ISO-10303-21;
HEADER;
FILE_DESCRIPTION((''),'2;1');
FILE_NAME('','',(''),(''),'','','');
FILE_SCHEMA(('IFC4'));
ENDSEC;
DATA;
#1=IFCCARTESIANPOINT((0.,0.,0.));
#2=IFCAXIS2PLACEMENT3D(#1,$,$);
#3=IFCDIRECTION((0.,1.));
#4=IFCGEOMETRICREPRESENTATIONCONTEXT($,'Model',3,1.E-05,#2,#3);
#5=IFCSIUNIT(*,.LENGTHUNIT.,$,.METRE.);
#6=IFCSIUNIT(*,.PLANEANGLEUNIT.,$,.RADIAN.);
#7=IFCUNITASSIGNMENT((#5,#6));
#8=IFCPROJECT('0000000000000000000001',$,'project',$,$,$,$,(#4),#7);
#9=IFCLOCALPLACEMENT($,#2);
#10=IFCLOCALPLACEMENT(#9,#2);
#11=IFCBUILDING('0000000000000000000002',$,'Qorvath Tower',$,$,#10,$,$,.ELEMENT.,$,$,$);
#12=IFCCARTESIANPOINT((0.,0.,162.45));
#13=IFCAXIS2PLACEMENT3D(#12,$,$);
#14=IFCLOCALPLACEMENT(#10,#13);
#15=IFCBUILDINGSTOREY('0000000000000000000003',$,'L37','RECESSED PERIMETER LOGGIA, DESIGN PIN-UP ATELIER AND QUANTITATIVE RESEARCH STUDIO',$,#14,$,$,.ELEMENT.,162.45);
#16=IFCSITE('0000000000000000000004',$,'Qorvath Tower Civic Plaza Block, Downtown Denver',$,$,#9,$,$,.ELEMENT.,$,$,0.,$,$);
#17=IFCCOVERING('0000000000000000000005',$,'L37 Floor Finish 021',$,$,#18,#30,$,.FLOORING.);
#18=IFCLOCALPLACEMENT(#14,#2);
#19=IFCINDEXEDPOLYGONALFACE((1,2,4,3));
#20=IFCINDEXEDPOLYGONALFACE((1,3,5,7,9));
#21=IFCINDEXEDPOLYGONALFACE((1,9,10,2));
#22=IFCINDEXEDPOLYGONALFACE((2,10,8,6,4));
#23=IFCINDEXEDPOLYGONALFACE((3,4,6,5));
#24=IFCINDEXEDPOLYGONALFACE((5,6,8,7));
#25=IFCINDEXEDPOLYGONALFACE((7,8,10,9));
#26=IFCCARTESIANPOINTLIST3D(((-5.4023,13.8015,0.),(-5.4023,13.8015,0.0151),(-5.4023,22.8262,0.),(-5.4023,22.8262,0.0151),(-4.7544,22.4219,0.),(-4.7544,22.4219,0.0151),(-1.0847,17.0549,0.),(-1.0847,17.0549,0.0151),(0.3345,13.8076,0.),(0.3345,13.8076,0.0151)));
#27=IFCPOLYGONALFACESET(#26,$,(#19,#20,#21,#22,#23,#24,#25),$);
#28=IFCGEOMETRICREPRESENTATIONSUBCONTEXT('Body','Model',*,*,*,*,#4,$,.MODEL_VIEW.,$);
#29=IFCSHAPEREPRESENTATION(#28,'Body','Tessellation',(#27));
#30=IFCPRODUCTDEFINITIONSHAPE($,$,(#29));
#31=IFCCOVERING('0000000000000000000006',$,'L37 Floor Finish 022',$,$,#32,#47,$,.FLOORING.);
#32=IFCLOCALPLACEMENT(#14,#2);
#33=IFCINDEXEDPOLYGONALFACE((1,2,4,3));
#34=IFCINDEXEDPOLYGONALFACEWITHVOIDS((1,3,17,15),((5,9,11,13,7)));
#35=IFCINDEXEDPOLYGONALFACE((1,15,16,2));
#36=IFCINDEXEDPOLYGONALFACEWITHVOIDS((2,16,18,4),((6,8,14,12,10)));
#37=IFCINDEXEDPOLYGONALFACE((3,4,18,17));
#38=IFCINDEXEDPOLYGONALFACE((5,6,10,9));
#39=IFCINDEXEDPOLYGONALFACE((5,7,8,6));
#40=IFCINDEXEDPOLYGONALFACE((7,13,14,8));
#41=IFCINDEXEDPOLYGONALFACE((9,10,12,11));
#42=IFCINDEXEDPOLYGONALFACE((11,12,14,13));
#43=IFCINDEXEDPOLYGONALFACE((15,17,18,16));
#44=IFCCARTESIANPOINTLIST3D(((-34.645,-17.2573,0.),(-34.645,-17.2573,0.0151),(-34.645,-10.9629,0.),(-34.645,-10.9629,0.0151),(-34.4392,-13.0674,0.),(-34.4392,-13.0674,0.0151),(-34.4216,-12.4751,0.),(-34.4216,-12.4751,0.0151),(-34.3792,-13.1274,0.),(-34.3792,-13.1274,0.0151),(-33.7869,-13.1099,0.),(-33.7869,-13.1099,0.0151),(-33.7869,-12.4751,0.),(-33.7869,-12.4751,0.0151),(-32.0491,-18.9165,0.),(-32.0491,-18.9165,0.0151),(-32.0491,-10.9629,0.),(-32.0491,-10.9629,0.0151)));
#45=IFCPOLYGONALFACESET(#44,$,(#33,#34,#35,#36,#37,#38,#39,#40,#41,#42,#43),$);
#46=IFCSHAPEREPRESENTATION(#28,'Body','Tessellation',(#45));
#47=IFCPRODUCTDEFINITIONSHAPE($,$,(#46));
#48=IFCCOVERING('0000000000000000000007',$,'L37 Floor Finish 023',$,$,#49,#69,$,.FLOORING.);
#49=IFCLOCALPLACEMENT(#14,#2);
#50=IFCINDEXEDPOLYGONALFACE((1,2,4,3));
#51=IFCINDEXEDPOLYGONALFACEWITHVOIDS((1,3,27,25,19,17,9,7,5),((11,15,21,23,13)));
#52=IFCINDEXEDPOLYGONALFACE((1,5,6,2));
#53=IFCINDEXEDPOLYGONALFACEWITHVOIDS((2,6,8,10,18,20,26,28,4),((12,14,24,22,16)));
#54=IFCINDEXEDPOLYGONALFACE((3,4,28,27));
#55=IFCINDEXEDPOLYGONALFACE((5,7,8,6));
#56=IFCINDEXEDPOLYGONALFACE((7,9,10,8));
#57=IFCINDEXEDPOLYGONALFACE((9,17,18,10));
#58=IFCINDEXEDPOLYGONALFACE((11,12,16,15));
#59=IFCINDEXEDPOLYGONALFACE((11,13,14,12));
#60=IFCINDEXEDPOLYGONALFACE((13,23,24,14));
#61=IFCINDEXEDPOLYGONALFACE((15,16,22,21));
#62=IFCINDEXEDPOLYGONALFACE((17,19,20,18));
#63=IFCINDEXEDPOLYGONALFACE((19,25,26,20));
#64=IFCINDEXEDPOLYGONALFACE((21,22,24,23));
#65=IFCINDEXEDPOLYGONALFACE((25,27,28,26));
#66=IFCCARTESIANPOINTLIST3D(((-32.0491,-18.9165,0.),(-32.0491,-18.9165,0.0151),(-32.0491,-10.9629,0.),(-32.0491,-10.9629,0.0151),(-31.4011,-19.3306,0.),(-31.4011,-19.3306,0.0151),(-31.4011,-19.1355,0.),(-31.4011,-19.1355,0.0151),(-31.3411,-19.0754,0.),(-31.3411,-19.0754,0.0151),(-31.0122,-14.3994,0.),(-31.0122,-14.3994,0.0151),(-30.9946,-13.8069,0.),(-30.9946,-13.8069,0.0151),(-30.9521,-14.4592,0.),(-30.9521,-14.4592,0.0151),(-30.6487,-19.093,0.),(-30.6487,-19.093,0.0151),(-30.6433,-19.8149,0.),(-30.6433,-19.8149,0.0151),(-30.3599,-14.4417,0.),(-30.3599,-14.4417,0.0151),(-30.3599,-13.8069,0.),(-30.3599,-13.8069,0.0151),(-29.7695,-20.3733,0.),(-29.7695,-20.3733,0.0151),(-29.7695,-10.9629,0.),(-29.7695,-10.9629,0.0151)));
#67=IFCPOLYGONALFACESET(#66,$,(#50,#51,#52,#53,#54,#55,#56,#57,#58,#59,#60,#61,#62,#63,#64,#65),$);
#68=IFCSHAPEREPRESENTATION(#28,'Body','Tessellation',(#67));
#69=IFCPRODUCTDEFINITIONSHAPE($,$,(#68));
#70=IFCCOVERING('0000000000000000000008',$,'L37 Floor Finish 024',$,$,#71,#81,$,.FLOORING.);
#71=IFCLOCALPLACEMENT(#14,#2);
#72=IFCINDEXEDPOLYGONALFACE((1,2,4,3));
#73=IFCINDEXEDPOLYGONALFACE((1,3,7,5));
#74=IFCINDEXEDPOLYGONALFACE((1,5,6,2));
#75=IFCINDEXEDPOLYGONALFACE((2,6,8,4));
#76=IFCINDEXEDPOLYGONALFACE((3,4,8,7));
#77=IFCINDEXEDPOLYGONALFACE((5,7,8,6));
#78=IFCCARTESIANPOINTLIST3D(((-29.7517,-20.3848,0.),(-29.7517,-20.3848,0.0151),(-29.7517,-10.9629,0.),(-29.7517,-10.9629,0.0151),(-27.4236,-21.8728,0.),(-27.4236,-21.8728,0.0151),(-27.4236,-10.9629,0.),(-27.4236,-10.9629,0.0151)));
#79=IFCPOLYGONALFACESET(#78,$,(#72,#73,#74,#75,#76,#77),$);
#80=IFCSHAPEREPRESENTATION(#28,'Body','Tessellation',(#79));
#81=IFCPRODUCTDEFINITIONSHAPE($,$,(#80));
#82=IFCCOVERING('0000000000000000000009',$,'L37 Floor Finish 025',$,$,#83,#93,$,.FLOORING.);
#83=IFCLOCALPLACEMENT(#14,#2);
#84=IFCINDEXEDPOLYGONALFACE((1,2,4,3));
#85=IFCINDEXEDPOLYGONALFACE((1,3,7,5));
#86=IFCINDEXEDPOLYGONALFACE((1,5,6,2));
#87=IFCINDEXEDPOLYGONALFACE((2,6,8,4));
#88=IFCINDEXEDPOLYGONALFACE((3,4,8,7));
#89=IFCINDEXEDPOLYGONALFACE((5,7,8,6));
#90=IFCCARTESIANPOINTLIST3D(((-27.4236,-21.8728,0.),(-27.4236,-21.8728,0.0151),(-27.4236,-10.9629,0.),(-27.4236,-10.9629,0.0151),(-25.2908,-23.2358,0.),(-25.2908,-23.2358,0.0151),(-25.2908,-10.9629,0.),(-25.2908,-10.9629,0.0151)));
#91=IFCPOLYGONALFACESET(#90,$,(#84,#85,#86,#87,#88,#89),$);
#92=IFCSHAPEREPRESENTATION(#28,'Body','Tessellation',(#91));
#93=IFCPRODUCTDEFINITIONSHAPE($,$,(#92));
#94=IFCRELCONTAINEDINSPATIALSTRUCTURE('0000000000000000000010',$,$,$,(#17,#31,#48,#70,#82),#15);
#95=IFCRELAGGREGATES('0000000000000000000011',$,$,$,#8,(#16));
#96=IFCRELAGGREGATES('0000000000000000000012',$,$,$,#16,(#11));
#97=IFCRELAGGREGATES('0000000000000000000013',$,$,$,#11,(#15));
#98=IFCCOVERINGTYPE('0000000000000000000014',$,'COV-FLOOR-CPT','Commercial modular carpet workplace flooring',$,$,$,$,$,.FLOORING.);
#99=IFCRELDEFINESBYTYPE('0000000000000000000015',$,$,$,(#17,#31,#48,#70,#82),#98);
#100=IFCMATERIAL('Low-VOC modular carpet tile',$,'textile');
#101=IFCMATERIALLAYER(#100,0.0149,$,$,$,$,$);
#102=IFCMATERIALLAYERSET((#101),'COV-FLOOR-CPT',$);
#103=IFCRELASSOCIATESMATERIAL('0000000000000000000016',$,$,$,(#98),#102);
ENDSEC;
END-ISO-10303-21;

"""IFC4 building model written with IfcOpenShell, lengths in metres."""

from ifc_helpers import new_model, si_unit, direction, frame, origin, place, context, subcontext, project, spatial, polyline, outline, extrude, material, layer, layer_set, type_object, element, save


model = new_model("IFC4")

# Units and contexts
model_context = context("Model", 3, precision=1e-05, world=origin(), true_north=direction((0.0, 1.0)))
body_context = subcontext(model_context, "Body", "Model", "MODEL_VIEW")
ifc_project = project(units=[si_unit("LENGTHUNIT", "METRE"), si_unit("PLANEANGLEUNIT", "RADIAN")], contexts=[model_context])

# Site, building, storey
site_placement = place(None, origin())
site = spatial("IfcSite", under=ifc_project, at=site_placement, Name="Qorvath Tower Civic Plaza Block, Downtown Denver", CompositionType="ELEMENT", RefElevation=0.0)
building_placement = place(site_placement, origin())
building = spatial("IfcBuilding", under=site, at=building_placement, Name="Qorvath Tower", CompositionType="ELEMENT")
storey_placement = place(building_placement, frame((0.0, 0.0, 162.45)))
storey = spatial("IfcBuildingStorey", under=building, at=storey_placement, Name="L37", Description="RECESSED PERIMETER LOGGIA, DESIGN PIN-UP ATELIER AND QUANTITATIVE RESEARCH STUDIO", CompositionType="ELEMENT", Elevation=162.45)

# Coverings
ifc_material_1 = material(Name="Low-VOC modular carpet tile", Category="textile")
ifc_layer_1 = layer(ifc_material_1, 0.0149)
ifc_layer_set_1 = layer_set([ifc_layer_1], Name="COV-FLOOR-CPT")
covering_type_1 = type_object("IfcCoveringType", Name="COV-FLOOR-CPT", Description="Commercial modular carpet workplace flooring", PredefinedType="FLOORING", material=ifc_layer_set_1)
covering_1_placement = place(storey_placement, origin())
element("IfcCovering", 1, at=covering_1_placement, inside=storey, type_object=covering_type_1, Name="L37 Floor Finish 021", PredefinedType="FLOORING", context=body_context, shape_type="SweptSolid", body=[
    extrude(outline(polyline([(-5.4023, 22.8262), (-5.4023, 13.8015), (0.3345, 13.8076), (-1.0847, 17.0549), (-4.7544, 22.4219), (-5.4023, 22.8262)])), origin(), (0.0, 0.0, 1.0), 0.0151),
])
covering_2_placement = place(storey_placement, origin())
element("IfcCovering", 2, at=covering_2_placement, inside=storey, type_object=covering_type_1, Name="L37 Floor Finish 022", PredefinedType="FLOORING", context=body_context, shape_type="SweptSolid", body=[
    extrude(outline(polyline([(-34.645, -10.9629), (-34.645, -17.2573), (-32.0491, -18.9165), (-32.0491, -10.9629), (-34.645, -10.9629)]), holes=[polyline([(-34.4392, -13.0674), (-34.4216, -12.4751), (-33.7869, -12.4751), (-33.7869, -13.1099), (-34.3792, -13.1274), (-34.4392, -13.0674)])]), origin(), (0.0, 0.0, 1.0), 0.0151),
])
covering_3_placement = place(storey_placement, origin())
element("IfcCovering", 3, at=covering_3_placement, inside=storey, type_object=covering_type_1, Name="L37 Floor Finish 023", PredefinedType="FLOORING", context=body_context, shape_type="SweptSolid", body=[
    extrude(outline(polyline([(-32.0491, -10.9629), (-32.0491, -18.9165), (-31.4011, -19.3306), (-31.4011, -19.1355), (-31.3411, -19.0754), (-30.6487, -19.093), (-30.6433, -19.8149), (-29.7695, -20.3733), (-29.7695, -10.9629), (-32.0491, -10.9629)]), holes=[polyline([(-31.0122, -14.3994), (-30.9946, -13.8069), (-30.3599, -13.8069), (-30.3599, -14.4417), (-30.9521, -14.4592), (-31.0122, -14.3994)])]), origin(), (0.0, 0.0, 1.0), 0.0151),
])
covering_4_placement = place(storey_placement, origin())
element("IfcCovering", 4, at=covering_4_placement, inside=storey, type_object=covering_type_1, Name="L37 Floor Finish 024", PredefinedType="FLOORING", context=body_context, shape_type="SweptSolid", body=[
    extrude(outline(polyline([(-27.4236, -21.8728), (-27.4236, -10.9629), (-29.7517, -10.9629), (-29.7517, -20.3848), (-27.4236, -21.8728)])), origin(), (0.0, 0.0, 1.0), 0.0151),
])
covering_5_placement = place(storey_placement, origin())
element("IfcCovering", 5, at=covering_5_placement, inside=storey, type_object=covering_type_1, Name="L37 Floor Finish 025", PredefinedType="FLOORING", context=body_context, shape_type="SweptSolid", body=[
    extrude(outline(polyline([(-25.2908, -10.9629), (-27.4236, -10.9629), (-27.4236, -21.8728), (-25.2908, -23.2358), (-25.2908, -10.9629)])), origin(), (0.0, 0.0, 1.0), 0.0151),
])

save(model, "model.ifc")
